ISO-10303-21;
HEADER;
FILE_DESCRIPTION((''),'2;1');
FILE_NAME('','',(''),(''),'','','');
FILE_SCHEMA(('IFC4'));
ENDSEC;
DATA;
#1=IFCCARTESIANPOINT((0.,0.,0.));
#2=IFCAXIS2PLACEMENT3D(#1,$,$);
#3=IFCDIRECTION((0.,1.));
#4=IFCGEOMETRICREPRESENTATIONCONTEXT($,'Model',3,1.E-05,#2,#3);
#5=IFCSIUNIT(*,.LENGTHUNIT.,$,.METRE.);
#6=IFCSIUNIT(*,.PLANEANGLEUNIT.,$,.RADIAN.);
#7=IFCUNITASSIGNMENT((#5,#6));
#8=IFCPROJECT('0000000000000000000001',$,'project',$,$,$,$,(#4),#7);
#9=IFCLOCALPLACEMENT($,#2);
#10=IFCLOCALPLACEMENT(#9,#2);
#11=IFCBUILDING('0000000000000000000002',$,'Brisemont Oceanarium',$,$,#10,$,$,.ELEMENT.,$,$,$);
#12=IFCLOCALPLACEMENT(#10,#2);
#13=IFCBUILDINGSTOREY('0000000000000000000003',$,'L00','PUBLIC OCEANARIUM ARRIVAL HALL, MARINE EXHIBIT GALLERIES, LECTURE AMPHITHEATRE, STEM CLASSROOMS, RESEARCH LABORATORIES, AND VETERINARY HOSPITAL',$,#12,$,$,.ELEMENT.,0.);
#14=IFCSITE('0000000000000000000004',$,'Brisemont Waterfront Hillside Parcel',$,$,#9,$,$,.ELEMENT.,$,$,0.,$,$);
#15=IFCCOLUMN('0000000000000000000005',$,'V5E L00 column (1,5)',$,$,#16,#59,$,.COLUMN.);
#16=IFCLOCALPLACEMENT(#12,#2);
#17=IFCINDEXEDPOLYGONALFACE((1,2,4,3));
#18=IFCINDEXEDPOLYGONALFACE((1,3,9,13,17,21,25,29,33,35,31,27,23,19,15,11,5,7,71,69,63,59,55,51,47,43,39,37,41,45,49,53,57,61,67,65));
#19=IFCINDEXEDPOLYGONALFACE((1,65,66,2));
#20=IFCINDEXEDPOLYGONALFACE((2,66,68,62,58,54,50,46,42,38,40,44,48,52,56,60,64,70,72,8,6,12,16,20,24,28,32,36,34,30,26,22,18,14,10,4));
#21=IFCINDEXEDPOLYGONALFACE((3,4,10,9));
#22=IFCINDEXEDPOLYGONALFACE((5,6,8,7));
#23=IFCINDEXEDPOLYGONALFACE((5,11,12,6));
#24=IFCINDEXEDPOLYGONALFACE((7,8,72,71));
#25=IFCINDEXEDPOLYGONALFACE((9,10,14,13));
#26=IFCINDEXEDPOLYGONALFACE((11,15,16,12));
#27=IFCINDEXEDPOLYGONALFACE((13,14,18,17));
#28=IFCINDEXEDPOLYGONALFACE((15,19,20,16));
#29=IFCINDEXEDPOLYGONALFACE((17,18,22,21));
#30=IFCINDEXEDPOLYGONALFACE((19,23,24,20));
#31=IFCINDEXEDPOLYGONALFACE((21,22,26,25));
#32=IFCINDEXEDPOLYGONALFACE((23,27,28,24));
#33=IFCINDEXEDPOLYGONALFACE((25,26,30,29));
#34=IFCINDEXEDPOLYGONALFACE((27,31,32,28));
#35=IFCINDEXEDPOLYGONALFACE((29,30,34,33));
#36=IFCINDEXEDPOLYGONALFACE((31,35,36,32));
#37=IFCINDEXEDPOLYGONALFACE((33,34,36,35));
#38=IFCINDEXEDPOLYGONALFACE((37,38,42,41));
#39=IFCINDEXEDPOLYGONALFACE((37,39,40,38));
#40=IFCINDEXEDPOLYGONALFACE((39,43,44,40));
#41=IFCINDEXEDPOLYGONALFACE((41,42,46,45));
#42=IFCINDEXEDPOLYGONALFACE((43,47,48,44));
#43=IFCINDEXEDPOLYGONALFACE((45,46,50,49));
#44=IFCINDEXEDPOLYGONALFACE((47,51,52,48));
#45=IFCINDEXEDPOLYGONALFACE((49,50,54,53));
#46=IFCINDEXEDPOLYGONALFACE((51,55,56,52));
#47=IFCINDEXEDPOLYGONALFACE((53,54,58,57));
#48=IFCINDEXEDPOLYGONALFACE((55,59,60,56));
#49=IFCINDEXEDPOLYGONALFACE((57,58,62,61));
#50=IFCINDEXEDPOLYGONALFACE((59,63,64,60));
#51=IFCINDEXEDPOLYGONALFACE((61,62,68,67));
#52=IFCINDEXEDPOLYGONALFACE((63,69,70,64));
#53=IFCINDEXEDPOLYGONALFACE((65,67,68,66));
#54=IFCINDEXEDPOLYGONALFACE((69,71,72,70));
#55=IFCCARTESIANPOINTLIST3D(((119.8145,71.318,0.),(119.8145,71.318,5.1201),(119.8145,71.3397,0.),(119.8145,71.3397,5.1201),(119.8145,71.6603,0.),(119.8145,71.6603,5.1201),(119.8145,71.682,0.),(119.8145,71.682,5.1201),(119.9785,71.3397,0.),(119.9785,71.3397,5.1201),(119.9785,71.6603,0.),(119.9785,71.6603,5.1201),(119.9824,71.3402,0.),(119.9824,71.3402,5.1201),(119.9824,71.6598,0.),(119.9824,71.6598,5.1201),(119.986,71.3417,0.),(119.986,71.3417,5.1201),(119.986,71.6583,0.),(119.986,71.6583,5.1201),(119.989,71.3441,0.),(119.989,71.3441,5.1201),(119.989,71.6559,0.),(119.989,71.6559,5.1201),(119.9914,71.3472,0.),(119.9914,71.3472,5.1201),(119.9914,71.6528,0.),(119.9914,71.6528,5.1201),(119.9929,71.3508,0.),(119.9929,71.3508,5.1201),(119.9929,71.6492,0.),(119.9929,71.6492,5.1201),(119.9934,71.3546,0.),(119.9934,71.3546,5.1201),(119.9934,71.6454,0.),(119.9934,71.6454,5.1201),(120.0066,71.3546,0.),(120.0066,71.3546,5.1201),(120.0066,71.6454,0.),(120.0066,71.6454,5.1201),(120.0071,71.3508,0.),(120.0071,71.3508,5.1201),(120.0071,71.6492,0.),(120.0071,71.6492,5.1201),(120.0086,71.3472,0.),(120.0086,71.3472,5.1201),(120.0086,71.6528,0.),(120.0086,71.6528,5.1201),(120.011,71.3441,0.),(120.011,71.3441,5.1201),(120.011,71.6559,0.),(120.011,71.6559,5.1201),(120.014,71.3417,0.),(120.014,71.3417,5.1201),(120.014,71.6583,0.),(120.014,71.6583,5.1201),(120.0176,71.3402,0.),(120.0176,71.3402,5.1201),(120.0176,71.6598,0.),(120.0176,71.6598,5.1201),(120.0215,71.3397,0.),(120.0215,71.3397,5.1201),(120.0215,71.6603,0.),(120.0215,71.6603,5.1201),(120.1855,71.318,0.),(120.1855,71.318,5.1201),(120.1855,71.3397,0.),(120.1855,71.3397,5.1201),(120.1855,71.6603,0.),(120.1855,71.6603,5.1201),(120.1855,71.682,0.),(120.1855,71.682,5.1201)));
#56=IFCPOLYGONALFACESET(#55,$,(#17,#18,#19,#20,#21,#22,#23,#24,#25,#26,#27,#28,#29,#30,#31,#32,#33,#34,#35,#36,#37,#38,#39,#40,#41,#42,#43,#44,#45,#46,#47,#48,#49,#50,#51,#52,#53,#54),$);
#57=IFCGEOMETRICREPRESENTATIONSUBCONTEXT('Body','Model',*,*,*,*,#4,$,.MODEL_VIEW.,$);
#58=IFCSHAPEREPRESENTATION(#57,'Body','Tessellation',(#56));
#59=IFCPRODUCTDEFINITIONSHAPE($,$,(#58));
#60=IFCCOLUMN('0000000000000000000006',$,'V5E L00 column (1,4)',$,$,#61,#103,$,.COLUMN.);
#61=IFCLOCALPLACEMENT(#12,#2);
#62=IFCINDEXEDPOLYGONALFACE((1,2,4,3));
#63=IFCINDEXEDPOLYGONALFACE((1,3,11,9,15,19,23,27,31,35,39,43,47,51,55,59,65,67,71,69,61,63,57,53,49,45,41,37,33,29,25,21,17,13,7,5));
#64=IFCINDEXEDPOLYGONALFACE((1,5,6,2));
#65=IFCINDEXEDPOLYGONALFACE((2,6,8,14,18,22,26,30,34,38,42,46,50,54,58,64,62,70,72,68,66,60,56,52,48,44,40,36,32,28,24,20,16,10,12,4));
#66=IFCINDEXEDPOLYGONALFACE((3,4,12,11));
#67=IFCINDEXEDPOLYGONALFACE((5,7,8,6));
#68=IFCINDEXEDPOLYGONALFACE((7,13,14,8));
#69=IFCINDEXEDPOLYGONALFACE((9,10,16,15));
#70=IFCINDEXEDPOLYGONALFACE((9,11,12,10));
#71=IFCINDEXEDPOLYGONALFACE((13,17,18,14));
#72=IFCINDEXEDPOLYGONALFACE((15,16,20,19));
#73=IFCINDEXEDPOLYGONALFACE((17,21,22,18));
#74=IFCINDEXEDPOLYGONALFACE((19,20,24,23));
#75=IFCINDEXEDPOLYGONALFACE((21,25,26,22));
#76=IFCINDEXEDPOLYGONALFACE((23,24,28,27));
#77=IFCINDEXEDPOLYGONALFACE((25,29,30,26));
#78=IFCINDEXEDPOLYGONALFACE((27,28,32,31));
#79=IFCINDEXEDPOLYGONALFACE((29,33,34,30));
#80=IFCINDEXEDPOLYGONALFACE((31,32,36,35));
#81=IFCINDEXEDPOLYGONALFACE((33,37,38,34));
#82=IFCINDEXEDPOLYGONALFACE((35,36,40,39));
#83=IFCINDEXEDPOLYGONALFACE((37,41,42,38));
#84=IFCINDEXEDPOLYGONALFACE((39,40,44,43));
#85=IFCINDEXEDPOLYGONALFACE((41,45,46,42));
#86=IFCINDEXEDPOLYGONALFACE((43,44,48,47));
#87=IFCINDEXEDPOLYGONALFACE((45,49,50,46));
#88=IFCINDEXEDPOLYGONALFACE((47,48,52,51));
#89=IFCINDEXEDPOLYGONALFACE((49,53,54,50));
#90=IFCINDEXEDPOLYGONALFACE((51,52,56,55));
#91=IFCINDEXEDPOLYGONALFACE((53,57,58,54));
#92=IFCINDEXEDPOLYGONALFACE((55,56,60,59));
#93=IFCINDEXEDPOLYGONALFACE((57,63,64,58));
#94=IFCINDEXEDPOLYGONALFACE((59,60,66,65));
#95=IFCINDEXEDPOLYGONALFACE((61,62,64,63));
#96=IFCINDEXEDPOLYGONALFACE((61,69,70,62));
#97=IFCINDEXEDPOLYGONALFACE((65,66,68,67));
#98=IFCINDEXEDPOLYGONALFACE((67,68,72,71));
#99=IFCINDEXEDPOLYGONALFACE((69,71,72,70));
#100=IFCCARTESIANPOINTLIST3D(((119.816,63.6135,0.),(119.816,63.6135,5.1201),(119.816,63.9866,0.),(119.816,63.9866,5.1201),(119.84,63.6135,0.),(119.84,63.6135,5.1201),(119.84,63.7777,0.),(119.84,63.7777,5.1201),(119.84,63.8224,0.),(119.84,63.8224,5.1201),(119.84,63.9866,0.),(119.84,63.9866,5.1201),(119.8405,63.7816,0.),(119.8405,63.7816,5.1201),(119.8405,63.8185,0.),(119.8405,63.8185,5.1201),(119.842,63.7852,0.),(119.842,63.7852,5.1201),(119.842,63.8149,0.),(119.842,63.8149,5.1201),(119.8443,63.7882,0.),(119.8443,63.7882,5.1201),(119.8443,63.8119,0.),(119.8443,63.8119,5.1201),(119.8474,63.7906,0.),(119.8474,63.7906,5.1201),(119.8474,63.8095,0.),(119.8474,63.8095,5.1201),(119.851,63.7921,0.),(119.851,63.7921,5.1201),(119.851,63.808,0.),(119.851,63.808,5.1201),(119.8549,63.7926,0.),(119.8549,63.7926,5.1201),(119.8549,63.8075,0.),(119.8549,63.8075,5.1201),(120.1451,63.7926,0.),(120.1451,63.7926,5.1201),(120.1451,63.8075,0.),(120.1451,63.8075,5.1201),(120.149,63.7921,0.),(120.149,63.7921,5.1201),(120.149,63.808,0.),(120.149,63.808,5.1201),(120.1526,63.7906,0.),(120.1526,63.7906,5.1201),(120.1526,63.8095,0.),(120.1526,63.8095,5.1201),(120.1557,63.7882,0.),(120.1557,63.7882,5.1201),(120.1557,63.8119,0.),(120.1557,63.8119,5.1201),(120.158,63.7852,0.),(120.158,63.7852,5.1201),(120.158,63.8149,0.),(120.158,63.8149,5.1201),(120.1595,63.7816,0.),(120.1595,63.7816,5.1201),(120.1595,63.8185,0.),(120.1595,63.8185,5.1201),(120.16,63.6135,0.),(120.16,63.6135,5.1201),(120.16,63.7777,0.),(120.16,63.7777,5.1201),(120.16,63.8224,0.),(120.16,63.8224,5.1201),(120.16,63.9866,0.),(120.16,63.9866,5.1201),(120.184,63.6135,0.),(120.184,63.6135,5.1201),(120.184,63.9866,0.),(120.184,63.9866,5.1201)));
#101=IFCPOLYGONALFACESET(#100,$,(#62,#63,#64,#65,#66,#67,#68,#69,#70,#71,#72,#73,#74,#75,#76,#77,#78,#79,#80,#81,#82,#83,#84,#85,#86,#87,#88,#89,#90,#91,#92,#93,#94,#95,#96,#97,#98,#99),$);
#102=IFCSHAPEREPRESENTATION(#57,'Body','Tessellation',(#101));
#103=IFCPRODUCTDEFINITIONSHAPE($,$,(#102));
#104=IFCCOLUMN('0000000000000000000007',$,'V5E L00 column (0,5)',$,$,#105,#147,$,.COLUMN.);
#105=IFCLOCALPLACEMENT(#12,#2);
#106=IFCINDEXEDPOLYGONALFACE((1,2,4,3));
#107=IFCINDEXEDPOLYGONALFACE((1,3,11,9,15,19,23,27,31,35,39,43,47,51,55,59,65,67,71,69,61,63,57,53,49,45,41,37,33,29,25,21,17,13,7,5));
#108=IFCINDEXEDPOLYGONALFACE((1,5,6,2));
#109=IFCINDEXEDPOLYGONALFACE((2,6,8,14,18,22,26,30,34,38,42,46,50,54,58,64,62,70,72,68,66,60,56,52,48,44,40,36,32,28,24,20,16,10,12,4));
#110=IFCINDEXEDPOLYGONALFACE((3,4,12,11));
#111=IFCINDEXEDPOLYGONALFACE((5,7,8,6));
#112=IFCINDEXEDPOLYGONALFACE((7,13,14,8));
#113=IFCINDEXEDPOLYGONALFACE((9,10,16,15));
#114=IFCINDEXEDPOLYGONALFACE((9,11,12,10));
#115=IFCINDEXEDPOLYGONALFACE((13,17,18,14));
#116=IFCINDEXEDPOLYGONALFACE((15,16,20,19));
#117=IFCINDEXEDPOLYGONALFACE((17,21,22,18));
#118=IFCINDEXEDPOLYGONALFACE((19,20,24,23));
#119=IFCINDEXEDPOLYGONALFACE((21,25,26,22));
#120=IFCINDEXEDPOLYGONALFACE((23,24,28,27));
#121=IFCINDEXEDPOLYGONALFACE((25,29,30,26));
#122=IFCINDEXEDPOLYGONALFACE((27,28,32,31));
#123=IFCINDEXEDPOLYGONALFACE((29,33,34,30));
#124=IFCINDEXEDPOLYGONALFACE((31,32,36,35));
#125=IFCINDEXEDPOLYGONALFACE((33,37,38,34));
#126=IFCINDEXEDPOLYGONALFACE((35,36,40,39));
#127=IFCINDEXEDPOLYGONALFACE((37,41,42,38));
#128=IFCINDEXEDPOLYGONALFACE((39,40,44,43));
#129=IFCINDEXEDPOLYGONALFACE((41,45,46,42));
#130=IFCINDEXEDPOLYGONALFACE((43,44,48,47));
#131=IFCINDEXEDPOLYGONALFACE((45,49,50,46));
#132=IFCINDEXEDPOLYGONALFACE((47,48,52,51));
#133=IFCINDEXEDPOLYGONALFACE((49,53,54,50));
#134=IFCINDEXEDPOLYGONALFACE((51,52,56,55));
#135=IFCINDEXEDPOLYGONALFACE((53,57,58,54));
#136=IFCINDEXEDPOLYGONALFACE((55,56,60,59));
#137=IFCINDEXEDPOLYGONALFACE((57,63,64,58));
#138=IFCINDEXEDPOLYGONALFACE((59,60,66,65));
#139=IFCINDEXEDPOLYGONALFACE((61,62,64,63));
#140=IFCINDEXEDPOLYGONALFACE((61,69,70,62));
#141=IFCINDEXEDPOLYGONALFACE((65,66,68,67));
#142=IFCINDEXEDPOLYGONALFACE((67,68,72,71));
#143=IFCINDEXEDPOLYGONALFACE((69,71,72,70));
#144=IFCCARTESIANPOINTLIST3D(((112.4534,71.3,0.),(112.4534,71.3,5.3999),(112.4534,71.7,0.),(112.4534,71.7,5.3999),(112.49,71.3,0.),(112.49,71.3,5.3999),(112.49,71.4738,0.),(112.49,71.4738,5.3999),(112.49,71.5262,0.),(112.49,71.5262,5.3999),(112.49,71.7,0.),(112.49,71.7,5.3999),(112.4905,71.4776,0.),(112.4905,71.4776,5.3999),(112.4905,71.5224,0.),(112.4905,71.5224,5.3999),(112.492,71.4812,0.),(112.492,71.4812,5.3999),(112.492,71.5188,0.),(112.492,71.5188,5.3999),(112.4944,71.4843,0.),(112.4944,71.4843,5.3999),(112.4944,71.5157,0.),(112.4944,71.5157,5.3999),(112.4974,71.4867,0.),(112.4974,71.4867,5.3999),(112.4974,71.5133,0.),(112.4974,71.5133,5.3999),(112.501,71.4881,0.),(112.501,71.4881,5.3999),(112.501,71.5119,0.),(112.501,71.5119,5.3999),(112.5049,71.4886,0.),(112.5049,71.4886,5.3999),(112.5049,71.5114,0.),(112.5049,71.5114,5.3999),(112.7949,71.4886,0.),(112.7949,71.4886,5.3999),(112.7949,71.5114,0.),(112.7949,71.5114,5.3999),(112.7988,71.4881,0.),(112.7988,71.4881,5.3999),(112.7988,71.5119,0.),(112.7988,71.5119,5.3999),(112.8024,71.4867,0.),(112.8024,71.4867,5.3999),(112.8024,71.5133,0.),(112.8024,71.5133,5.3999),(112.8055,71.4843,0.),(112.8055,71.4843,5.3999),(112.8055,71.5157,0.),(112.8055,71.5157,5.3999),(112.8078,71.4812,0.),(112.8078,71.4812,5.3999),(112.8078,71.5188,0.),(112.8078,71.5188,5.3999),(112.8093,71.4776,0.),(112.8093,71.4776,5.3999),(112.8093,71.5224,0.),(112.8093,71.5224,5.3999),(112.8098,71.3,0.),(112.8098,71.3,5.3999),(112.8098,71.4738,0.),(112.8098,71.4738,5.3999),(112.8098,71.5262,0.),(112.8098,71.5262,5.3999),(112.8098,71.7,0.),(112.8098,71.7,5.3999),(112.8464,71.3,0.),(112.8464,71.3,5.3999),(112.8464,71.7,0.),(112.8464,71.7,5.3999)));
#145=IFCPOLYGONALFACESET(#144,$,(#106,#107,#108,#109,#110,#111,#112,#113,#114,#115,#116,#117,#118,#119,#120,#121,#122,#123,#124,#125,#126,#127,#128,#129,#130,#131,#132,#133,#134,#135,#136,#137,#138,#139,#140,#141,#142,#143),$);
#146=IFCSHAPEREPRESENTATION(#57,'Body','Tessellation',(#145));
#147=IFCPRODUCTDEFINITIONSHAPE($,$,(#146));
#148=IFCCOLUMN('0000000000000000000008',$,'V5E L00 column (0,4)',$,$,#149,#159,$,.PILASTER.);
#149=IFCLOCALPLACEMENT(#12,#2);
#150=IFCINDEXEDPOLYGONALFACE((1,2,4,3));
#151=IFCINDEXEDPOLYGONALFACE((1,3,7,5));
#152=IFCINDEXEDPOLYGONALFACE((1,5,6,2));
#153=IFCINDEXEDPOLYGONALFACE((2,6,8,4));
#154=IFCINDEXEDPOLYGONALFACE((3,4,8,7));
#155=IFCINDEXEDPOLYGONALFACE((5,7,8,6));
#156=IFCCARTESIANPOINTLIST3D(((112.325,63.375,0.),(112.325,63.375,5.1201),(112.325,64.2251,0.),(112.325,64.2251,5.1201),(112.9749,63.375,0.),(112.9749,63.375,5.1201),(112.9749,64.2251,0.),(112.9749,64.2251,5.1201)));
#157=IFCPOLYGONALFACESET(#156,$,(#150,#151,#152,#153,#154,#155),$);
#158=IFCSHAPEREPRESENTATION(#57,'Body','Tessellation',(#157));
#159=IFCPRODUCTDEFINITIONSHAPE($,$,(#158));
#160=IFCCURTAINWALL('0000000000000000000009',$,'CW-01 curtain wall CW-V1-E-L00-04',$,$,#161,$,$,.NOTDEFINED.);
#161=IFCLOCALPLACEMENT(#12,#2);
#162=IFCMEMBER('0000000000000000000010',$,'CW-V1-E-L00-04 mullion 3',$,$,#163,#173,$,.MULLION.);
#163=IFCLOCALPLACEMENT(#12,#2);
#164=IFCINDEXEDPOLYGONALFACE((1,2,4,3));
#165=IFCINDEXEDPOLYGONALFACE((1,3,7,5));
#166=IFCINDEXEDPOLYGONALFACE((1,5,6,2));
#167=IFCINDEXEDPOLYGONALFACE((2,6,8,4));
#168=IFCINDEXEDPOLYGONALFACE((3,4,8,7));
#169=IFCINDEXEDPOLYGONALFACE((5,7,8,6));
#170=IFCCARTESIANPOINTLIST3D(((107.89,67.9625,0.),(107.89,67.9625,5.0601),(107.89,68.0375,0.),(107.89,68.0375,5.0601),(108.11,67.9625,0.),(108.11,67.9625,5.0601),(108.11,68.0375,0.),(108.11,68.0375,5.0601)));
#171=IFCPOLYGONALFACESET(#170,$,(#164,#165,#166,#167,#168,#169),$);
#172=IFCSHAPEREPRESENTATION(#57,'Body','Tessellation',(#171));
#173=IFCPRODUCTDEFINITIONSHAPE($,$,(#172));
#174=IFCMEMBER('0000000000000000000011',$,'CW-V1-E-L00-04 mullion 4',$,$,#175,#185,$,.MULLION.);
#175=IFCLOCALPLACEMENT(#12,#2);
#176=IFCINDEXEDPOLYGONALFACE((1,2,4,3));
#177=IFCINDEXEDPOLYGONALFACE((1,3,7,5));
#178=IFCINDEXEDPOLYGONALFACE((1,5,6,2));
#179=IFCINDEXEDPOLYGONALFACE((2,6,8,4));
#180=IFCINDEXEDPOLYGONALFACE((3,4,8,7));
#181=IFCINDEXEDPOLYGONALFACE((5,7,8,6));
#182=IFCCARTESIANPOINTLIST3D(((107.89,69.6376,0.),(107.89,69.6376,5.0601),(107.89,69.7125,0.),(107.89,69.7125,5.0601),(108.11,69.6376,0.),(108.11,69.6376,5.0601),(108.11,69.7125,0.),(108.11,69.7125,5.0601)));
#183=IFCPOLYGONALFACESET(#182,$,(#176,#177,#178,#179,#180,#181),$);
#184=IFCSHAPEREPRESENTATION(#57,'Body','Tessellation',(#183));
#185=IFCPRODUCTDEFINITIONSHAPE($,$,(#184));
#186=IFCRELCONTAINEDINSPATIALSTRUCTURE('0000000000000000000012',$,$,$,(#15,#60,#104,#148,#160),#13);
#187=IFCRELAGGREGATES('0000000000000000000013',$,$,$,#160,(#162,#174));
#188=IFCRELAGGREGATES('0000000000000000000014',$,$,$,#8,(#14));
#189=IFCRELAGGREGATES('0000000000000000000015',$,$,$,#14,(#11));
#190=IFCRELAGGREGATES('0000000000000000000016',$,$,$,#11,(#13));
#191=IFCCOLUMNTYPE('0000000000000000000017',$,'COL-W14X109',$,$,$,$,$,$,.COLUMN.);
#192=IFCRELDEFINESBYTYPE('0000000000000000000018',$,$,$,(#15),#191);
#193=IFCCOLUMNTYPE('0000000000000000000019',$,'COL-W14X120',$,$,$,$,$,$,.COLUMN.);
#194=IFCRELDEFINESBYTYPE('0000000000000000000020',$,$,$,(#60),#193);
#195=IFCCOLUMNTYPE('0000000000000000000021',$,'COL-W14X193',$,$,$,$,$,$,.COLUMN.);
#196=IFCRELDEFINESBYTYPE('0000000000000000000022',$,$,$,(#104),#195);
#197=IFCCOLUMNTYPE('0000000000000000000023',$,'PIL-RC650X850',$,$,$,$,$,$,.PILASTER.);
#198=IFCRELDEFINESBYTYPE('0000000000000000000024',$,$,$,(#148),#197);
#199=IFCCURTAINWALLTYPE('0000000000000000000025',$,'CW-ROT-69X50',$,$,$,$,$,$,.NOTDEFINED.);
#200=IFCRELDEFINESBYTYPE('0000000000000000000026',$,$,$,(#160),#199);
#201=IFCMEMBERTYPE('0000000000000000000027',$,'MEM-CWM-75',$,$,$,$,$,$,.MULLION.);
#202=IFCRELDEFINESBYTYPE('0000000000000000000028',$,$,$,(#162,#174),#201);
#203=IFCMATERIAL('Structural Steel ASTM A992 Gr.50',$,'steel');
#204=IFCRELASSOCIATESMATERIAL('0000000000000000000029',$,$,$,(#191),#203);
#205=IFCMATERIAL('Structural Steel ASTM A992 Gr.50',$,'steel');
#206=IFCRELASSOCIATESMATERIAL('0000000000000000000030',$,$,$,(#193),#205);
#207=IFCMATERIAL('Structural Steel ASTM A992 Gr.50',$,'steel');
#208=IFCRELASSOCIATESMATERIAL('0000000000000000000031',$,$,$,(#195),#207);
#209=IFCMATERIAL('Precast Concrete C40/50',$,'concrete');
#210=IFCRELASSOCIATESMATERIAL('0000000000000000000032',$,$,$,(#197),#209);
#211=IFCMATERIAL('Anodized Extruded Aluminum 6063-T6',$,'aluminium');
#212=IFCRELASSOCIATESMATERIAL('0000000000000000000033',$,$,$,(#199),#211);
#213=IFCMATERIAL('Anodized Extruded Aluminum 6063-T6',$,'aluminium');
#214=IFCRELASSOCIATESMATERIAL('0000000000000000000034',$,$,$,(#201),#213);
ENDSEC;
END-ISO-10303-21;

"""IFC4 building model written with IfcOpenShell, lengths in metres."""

from ifc_helpers import new_model, si_unit, direction, frame, origin, origin_2d, place, context, subcontext, project, spatial, rectangle, i_section, extrude, material, material_profile, profile_set, type_object, element, aggregate, save


model = new_model("IFC4")

# Units and contexts
model_context = context("Model", 3, precision=1e-05, world=origin(), true_north=direction((0.0, 1.0)))
body_context = subcontext(model_context, "Body", "Model", "MODEL_VIEW")
ifc_project = project(units=[si_unit("LENGTHUNIT", "METRE"), si_unit("PLANEANGLEUNIT", "RADIAN")], contexts=[model_context])

# Site, building, storey
site_placement = place(None, origin())
site = spatial("IfcSite", under=ifc_project, at=site_placement, Name="Brisemont Waterfront Hillside Parcel", CompositionType="ELEMENT", RefElevation=0.0)
building_placement = place(site_placement, origin())
building = spatial("IfcBuilding", under=site, at=building_placement, Name="Brisemont Oceanarium", CompositionType="ELEMENT")
storey_placement = place(building_placement, origin())
storey = spatial("IfcBuildingStorey", under=building, at=storey_placement, Name="L00", Description="PUBLIC OCEANARIUM ARRIVAL HALL, MARINE EXHIBIT GALLERIES, LECTURE AMPHITHEATRE, STEM CLASSROOMS, RESEARCH LABORATORIES, AND VETERINARY HOSPITAL", CompositionType="ELEMENT", Elevation=0.0)

# Columns
ifc_material_1 = material(Name="Structural Steel ASTM A992 Gr.50", Category="steel")
ifc_material_profile_1 = material_profile(ifc_material_1, i_section(OverallWidth=0.3711, OverallDepth=0.364, WebThickness=0.0132, FlangeThickness=0.0217, FilletRadius=0.0149, at=origin_2d()), Name="W14X109")
ifc_profile_set_1 = profile_set([ifc_material_profile_1], Name="Structural Steel ASTM A992 Gr.50")
column_type_1 = type_object("IfcColumnType", Name="COL-W14X109", PredefinedType="COLUMN", material=ifc_profile_set_1)
column_1_placement = place(storey_placement, frame((120.0, 71.5, 0.0), z_axis=(0.0, 0.0, 1.0), x_axis=(1.0, 0.0, 0.0)))
element("IfcColumn", 1, at=column_1_placement, inside=storey, type_object=column_type_1, Name="V5E L00 column (1,5)", PredefinedType="COLUMN", context=body_context, shape_type="SweptSolid", body=[
    extrude(i_section(OverallWidth=0.3711, OverallDepth=0.364, WebThickness=0.0132, FlangeThickness=0.0217, FilletRadius=0.0149, at=origin_2d()), origin(), (0.0, 0.0, 1.0), 5.1201),
])
ifc_material_2 = material(Name="Structural Steel ASTM A992 Gr.50", Category="steel")
ifc_material_profile_2 = material_profile(ifc_material_2, i_section(OverallWidth=0.373, OverallDepth=0.3679, WebThickness=0.0149, FlangeThickness=0.0239, FilletRadius=0.0149, at=origin_2d()), Name="W14X120")
ifc_profile_set_2 = profile_set([ifc_material_profile_2], Name="Structural Steel ASTM A992 Gr.50")
column_type_2 = type_object("IfcColumnType", Name="COL-W14X120", PredefinedType="COLUMN", material=ifc_profile_set_2)
column_2_placement = place(storey_placement, frame((120.0, 63.8, 0.0), z_axis=(0.0, 0.0, 1.0), x_axis=(0.0, 1.0, 0.0)))
element("IfcColumn", 2, at=column_2_placement, inside=storey, type_object=column_type_2, Name="V5E L00 column (1,4)", PredefinedType="COLUMN", context=body_context, shape_type="SweptSolid", body=[
    extrude(i_section(OverallWidth=0.373, OverallDepth=0.3679, WebThickness=0.0149, FlangeThickness=0.0239, FilletRadius=0.0149, at=origin_2d()), origin(), (0.0, 0.0, 1.0), 5.1201),
])
ifc_material_3 = material(Name="Structural Steel ASTM A992 Gr.50", Category="steel")
ifc_material_profile_3 = material_profile(ifc_material_3, i_section(OverallWidth=0.3999, OverallDepth=0.3931, WebThickness=0.0227, FlangeThickness=0.0366, FilletRadius=0.0149, at=origin_2d()), Name="W14X193")
ifc_profile_set_3 = profile_set([ifc_material_profile_3], Name="Structural Steel ASTM A992 Gr.50")
column_type_3 = type_object("IfcColumnType", Name="COL-W14X193", PredefinedType="COLUMN", material=ifc_profile_set_3)
column_3_placement = place(storey_placement, frame((112.6499, 71.5, 0.0), z_axis=(0.0, 0.0, 1.0), x_axis=(0.0, 1.0, 0.0)))
element("IfcColumn", 3, at=column_3_placement, inside=storey, type_object=column_type_3, Name="V5E L00 column (0,5)", PredefinedType="COLUMN", context=body_context, shape_type="SweptSolid", body=[
    extrude(i_section(OverallWidth=0.3999, OverallDepth=0.3931, WebThickness=0.0227, FlangeThickness=0.0366, FilletRadius=0.0149, at=origin_2d()), origin(), (0.0, 0.0, 1.0), 5.3999),
])
ifc_material_4 = material(Name="Precast Concrete C40/50", Category="concrete")
ifc_material_profile_4 = material_profile(ifc_material_4, rectangle(XDim=0.6499, YDim=0.8501, at=origin_2d()), Name="RC-PIL-650X850")
ifc_profile_set_4 = profile_set([ifc_material_profile_4], Name="Precast Concrete C40/50")
column_type_4 = type_object("IfcColumnType", Name="PIL-RC650X850", PredefinedType="PILASTER", material=ifc_profile_set_4)
column_4_placement = place(storey_placement, frame((112.6499, 63.8, 0.0), z_axis=(0.0, 0.0, 1.0), x_axis=(1.0, 0.0, 0.0)))
element("IfcColumn", 4, at=column_4_placement, inside=storey, type_object=column_type_4, Name="V5E L00 column (0,4)", PredefinedType="PILASTER", context=body_context, shape_type="SweptSolid", body=[
    extrude(rectangle(XDim=0.6499, YDim=0.8501, at=origin_2d()), origin(), (0.0, 0.0, 1.0), 5.1201),
])

# Curtain wall, members
ifc_material_5 = material(Name="Anodized Extruded Aluminum 6063-T6", Category="aluminium")
curtain_wall_type = type_object("IfcCurtainWallType", Name="CW-ROT-69X50", PredefinedType="NOTDEFINED", material=ifc_material_5)
curtain_wall_placement = place(storey_placement, origin())
curtain_wall = element("IfcCurtainWall", 5, at=curtain_wall_placement, inside=storey, type_object=curtain_wall_type, Name="CW-01 curtain wall CW-V1-E-L00-04", PredefinedType="NOTDEFINED")
ifc_material_6 = material(Name="Anodized Extruded Aluminum 6063-T6", Category="aluminium")
ifc_material_profile_5 = material_profile(ifc_material_6, rectangle(XDim=0.075, YDim=0.22, at=origin_2d()), Name="CWM-75X220")
ifc_profile_set_5 = profile_set([ifc_material_profile_5], Name="Anodized Extruded Aluminum 6063-T6")
member_type_1 = type_object("IfcMemberType", Name="MEM-CWM-75", PredefinedType="MULLION", material=ifc_profile_set_5)
member_1_placement = place(storey_placement, frame((108.0, 68.0, 0.0), z_axis=(0.0, 0.0, 1.0), x_axis=(0.0, 1.0, 0.0)))
member_1 = element("IfcMember", 6, at=member_1_placement, type_object=member_type_1, Name="CW-V1-E-L00-04 mullion 3", PredefinedType="MULLION", context=body_context, shape_type="SweptSolid", body=[
    extrude(rectangle(XDim=0.075, YDim=0.22, at=origin_2d()), origin(), (0.0, 0.0, 1.0), 5.0601),
])
member_2_placement = place(storey_placement, frame((108.0, 69.675, 0.0), z_axis=(0.0, 0.0, 1.0), x_axis=(0.0, 1.0, 0.0)))
member_2 = element("IfcMember", 7, at=member_2_placement, type_object=member_type_1, Name="CW-V1-E-L00-04 mullion 4", PredefinedType="MULLION", context=body_context, shape_type="SweptSolid", body=[
    extrude(rectangle(XDim=0.075, YDim=0.22, at=origin_2d()), origin(), (0.0, 0.0, 1.0), 5.0601),
])
aggregate(curtain_wall, [member_1, member_2])

save(model, "model.ifc")
